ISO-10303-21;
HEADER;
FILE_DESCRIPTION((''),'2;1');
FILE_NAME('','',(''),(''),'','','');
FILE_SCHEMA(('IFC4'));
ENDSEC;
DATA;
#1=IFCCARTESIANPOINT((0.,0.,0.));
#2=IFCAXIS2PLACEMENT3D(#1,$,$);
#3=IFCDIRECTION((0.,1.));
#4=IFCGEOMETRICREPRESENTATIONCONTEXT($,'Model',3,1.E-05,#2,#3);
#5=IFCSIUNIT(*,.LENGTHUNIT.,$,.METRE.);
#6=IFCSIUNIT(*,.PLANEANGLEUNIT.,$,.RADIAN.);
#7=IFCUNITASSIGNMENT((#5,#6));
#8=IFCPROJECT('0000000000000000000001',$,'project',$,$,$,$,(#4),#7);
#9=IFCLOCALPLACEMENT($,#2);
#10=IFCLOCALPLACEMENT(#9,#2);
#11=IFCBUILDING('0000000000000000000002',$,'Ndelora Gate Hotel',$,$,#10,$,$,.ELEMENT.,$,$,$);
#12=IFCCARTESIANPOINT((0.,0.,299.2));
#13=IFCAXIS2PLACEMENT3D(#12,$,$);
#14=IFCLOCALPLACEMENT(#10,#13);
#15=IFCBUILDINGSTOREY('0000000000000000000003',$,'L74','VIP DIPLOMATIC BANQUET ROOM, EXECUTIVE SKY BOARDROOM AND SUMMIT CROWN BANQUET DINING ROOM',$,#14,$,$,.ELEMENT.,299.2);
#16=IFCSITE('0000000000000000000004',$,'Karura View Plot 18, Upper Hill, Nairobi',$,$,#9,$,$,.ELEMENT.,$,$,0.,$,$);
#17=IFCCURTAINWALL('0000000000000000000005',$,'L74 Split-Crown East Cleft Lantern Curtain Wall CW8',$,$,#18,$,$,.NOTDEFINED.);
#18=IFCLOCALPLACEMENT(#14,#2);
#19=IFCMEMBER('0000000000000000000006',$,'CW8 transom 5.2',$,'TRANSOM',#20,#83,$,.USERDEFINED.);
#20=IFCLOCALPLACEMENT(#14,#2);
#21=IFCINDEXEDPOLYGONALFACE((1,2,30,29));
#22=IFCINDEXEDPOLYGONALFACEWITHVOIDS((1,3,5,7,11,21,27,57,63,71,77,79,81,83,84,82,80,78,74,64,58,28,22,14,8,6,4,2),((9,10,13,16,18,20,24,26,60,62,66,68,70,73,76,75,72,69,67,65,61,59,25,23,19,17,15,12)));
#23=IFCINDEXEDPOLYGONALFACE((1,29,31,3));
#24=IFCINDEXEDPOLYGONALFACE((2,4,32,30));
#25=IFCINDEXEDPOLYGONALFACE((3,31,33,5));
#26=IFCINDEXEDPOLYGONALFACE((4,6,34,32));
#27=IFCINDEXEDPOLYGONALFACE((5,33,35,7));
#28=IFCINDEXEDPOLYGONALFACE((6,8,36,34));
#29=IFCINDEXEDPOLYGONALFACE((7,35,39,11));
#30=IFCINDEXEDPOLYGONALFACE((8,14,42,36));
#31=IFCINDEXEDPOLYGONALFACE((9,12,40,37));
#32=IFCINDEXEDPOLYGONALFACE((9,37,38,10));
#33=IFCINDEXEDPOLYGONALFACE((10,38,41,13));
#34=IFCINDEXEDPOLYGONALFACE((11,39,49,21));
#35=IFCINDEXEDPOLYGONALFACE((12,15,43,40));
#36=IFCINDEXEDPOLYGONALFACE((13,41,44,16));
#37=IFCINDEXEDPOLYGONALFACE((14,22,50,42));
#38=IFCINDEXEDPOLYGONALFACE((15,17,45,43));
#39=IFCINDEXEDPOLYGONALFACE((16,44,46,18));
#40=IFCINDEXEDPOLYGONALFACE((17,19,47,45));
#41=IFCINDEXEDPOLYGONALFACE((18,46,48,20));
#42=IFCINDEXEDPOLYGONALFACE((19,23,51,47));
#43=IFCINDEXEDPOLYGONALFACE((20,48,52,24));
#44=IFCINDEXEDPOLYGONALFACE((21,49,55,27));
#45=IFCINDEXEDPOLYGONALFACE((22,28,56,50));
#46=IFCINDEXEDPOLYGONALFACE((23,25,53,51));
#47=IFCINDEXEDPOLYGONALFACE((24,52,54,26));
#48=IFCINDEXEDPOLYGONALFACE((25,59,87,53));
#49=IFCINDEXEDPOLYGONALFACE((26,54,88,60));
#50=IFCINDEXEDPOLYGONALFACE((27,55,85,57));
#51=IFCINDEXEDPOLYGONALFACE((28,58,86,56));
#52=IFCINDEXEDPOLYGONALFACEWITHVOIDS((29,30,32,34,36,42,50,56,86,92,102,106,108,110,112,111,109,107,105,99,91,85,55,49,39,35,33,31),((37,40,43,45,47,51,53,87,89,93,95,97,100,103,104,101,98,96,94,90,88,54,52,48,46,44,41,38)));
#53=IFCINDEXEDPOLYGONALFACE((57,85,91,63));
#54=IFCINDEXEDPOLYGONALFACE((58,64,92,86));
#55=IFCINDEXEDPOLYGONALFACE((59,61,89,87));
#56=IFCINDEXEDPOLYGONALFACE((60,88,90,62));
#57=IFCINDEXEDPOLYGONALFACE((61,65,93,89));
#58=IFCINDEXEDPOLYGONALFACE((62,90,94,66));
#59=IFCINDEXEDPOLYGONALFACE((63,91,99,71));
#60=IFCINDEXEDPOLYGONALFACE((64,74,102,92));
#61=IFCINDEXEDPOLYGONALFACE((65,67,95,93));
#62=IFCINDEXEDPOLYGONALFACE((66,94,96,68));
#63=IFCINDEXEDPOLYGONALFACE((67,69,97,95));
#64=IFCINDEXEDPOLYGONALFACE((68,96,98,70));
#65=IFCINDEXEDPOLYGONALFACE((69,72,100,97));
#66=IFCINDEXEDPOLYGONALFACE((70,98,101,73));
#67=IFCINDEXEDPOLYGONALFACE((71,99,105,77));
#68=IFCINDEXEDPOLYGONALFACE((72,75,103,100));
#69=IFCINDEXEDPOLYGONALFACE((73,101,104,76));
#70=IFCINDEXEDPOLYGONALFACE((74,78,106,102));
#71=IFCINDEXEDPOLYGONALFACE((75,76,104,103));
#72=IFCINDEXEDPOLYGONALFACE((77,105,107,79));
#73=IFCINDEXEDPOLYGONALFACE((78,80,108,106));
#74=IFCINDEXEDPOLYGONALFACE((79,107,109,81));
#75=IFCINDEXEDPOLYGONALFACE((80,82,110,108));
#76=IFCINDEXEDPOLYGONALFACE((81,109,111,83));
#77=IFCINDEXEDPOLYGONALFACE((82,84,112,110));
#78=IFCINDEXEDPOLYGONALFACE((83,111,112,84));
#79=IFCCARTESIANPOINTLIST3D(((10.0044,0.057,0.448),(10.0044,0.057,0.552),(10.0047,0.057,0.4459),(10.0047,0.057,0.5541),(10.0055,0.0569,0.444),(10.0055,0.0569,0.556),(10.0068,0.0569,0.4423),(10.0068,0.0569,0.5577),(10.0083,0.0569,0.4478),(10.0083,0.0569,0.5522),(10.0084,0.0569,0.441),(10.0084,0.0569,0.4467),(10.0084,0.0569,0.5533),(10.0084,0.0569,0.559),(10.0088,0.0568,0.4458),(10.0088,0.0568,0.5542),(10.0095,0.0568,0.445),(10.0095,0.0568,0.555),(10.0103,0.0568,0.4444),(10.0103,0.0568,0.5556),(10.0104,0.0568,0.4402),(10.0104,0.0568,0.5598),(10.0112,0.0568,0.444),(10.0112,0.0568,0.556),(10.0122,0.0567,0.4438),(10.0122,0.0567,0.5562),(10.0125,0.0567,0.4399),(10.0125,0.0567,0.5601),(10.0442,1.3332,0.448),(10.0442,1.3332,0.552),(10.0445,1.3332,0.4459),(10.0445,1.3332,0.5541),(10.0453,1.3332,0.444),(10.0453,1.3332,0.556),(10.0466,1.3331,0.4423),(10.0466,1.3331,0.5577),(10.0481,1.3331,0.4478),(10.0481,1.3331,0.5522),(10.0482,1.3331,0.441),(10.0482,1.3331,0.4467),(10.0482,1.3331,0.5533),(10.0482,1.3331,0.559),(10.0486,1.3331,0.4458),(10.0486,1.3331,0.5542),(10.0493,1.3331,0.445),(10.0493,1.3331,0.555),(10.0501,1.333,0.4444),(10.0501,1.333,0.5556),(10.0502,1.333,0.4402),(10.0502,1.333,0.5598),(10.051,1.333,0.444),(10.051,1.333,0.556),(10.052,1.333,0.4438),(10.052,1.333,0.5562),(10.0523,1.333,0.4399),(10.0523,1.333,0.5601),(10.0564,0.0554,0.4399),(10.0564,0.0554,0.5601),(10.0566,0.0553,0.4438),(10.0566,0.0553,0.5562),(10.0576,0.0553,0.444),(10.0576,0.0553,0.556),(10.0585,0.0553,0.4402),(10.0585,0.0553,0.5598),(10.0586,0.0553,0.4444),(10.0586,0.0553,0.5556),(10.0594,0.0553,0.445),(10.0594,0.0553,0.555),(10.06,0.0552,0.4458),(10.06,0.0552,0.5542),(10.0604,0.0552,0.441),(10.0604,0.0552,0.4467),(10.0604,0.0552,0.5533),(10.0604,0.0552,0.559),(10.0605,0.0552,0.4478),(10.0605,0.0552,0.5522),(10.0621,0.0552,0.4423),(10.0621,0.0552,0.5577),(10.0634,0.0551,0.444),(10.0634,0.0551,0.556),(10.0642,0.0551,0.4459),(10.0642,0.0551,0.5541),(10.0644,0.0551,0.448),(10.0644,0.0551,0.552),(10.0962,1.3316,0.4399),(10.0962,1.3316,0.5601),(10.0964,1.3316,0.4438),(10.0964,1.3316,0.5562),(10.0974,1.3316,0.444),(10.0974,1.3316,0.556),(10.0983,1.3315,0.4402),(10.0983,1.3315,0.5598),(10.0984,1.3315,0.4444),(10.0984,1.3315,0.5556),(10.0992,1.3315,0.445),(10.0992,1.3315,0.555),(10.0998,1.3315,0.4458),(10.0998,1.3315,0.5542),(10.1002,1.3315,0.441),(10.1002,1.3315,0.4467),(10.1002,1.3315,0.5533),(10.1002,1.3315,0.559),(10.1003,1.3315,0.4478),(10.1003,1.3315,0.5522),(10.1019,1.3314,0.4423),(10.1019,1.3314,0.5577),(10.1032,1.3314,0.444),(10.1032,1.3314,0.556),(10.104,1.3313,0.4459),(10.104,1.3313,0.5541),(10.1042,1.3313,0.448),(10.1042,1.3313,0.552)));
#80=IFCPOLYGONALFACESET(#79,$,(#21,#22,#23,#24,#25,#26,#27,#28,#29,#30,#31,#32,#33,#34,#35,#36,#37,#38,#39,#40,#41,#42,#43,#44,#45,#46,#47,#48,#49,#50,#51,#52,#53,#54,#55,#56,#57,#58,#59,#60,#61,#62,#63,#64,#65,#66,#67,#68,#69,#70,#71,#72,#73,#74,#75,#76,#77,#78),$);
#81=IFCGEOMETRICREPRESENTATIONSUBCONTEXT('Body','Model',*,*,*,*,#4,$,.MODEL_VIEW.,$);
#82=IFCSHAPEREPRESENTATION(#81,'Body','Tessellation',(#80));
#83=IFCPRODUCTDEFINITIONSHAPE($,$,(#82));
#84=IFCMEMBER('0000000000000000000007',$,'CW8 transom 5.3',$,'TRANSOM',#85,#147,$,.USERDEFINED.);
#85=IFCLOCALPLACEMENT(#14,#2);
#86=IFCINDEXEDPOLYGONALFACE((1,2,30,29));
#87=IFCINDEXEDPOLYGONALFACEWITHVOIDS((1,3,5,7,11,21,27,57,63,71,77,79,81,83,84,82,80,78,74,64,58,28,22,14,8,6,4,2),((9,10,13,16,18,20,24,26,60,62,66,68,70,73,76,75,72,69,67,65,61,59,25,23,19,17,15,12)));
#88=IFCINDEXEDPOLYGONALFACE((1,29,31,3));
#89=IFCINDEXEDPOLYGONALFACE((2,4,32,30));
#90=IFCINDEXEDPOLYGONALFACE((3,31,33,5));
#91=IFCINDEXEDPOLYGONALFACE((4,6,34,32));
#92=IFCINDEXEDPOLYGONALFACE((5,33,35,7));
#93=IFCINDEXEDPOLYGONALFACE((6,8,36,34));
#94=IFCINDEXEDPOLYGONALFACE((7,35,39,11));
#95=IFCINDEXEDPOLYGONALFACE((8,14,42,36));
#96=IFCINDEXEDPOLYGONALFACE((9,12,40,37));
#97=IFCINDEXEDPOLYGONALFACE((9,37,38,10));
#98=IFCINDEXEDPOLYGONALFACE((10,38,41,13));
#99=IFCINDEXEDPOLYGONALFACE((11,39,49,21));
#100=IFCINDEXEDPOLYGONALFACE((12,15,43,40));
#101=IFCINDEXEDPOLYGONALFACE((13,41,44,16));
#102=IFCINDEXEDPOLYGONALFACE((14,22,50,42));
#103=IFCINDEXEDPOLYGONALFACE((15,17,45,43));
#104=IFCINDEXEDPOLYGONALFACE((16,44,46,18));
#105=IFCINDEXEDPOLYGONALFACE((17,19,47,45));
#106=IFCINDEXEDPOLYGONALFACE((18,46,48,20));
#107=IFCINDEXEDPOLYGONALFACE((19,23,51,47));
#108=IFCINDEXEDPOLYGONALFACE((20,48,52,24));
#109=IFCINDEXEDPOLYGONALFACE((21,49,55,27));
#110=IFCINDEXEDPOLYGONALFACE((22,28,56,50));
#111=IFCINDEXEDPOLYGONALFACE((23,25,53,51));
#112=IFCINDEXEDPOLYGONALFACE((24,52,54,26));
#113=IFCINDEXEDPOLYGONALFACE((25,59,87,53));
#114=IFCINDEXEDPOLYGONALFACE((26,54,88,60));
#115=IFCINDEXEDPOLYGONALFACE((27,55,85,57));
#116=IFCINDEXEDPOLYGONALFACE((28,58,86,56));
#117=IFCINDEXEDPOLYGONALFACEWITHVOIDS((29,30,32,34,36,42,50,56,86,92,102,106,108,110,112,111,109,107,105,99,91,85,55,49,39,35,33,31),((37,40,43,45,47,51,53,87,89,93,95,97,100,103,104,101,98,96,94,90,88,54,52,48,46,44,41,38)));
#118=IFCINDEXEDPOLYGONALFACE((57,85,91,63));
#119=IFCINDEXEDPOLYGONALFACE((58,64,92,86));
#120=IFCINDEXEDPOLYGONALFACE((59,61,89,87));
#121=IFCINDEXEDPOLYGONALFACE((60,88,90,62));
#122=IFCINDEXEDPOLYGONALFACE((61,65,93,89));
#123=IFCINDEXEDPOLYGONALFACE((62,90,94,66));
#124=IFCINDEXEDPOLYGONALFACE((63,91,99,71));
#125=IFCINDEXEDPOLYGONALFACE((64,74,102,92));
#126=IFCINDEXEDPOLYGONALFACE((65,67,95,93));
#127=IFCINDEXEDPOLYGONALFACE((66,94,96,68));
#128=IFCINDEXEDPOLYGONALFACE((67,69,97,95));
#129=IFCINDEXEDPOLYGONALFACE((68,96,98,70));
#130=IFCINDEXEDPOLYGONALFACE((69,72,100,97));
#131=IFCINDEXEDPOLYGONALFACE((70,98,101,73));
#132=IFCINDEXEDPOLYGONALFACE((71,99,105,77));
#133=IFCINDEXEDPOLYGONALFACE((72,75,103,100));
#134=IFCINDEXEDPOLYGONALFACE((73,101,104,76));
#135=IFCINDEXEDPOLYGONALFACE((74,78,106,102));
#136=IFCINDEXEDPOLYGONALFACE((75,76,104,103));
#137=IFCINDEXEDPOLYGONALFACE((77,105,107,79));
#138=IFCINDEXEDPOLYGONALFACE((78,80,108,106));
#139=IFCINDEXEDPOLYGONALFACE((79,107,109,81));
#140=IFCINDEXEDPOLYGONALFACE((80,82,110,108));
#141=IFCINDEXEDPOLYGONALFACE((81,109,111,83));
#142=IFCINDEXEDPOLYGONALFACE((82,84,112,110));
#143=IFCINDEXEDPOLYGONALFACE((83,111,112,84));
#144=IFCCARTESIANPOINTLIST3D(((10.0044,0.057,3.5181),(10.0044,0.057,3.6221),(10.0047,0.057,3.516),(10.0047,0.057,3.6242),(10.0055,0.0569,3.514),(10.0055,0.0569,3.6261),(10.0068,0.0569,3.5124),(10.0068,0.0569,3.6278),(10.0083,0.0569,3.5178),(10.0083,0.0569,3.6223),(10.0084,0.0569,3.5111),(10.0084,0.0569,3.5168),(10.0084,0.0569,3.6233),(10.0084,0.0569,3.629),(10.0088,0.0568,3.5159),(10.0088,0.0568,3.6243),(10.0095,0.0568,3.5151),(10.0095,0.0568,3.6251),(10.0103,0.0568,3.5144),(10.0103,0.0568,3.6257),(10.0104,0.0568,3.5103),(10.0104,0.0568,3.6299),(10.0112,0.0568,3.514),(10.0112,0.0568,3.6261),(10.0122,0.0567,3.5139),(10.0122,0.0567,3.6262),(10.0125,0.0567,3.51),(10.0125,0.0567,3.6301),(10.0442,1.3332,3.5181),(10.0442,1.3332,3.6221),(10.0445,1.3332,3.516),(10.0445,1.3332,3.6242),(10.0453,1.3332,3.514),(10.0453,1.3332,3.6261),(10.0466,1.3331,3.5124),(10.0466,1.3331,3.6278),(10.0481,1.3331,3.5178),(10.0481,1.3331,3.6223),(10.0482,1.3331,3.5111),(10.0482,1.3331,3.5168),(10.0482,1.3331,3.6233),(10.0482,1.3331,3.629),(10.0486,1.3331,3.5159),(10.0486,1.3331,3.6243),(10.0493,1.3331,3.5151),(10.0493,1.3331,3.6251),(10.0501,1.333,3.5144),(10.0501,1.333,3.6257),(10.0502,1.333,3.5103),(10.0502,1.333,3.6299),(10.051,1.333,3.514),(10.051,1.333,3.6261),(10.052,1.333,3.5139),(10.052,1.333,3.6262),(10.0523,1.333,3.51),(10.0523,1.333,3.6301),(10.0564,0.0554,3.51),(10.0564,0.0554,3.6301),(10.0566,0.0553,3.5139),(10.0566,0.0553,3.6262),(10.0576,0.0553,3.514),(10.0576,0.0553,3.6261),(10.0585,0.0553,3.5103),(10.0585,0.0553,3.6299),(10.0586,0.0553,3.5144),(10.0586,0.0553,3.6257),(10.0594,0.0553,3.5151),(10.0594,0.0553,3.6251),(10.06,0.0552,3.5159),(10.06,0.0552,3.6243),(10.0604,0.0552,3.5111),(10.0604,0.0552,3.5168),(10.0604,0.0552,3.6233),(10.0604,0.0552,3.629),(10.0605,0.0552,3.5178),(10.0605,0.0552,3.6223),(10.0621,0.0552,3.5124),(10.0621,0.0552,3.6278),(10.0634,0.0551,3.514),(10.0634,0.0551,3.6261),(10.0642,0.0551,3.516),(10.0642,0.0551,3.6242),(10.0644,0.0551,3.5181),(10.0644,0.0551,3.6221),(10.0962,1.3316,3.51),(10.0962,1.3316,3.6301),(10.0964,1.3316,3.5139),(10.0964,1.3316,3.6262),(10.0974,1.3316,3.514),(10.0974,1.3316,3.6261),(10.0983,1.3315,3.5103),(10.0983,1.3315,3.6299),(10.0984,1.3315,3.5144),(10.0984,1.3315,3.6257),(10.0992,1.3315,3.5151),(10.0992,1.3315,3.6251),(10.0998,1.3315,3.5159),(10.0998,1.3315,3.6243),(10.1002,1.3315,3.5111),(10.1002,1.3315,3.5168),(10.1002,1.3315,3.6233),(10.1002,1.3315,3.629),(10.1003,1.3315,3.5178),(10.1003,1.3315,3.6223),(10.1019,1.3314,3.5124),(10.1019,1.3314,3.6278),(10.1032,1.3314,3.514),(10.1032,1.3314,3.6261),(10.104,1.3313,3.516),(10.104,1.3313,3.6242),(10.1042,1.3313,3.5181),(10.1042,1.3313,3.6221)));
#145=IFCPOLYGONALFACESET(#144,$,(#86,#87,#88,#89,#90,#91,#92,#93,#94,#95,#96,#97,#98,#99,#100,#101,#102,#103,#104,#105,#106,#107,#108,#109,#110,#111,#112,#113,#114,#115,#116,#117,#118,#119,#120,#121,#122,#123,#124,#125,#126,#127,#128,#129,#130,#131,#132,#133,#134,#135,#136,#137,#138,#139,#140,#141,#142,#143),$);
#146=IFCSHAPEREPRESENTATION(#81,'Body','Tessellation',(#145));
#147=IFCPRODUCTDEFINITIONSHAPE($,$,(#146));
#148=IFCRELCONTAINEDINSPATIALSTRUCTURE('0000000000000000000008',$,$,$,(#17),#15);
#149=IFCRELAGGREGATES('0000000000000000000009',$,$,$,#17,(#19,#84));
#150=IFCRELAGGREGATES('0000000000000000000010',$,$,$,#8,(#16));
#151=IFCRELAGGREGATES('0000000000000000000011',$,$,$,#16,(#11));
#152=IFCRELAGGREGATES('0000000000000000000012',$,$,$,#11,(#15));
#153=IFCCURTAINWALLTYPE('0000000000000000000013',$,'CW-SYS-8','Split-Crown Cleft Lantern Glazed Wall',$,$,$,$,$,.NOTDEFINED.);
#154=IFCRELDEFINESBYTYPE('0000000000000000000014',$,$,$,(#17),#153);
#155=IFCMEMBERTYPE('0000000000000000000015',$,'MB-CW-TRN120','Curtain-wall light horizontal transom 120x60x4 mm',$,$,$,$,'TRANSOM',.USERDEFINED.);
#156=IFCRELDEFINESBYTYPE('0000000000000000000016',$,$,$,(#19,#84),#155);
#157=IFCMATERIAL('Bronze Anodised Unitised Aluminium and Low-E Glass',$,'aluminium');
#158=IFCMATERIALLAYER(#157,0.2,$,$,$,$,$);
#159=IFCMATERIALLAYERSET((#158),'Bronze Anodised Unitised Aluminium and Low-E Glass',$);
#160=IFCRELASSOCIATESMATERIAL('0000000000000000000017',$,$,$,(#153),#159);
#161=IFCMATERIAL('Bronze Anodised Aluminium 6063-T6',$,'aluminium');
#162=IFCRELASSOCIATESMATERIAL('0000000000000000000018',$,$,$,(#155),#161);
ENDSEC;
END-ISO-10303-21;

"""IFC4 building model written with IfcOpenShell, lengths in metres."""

from ifc_helpers import new_model, si_unit, direction, frame, origin, origin_2d, place, context, subcontext, project, spatial, hollow_rectangle, extrude, material, layer, layer_set, material_profile, profile_set, type_object, element, aggregate, save


model = new_model("IFC4")

# Units and contexts
model_context = context("Model", 3, precision=1e-05, world=origin(), true_north=direction((0.0, 1.0)))
body_context = subcontext(model_context, "Body", "Model", "MODEL_VIEW")
ifc_project = project(units=[si_unit("LENGTHUNIT", "METRE"), si_unit("PLANEANGLEUNIT", "RADIAN")], contexts=[model_context])

# Site, building, storey
site_placement = place(None, origin())
site = spatial("IfcSite", under=ifc_project, at=site_placement, Name="Karura View Plot 18, Upper Hill, Nairobi", CompositionType="ELEMENT", RefElevation=0.0)
building_placement = place(site_placement, origin())
building = spatial("IfcBuilding", under=site, at=building_placement, Name="Ndelora Gate Hotel", CompositionType="ELEMENT")
storey_placement = place(building_placement, frame((0.0, 0.0, 299.2)))
storey = spatial("IfcBuildingStorey", under=building, at=storey_placement, Name="L74", Description="VIP DIPLOMATIC BANQUET ROOM, EXECUTIVE SKY BOARDROOM AND SUMMIT CROWN BANQUET DINING ROOM", CompositionType="ELEMENT", Elevation=299.2)

# Curtain wall, members
ifc_material_1 = material(Name="Bronze Anodised Unitised Aluminium and Low-E Glass", Category="aluminium")
ifc_layer_1 = layer(ifc_material_1, 0.2)
ifc_layer_set_1 = layer_set([ifc_layer_1], Name="Bronze Anodised Unitised Aluminium and Low-E Glass")
curtain_wall_type = type_object("IfcCurtainWallType", Name="CW-SYS-8", Description="Split-Crown Cleft Lantern Glazed Wall", PredefinedType="NOTDEFINED", material=ifc_layer_set_1)
curtain_wall_placement = place(storey_placement, origin())
curtain_wall = element("IfcCurtainWall", 1, at=curtain_wall_placement, inside=storey, type_object=curtain_wall_type, Name="L74 Split-Crown East Cleft Lantern Curtain Wall CW8", PredefinedType="NOTDEFINED")
ifc_material_2 = material(Name="Bronze Anodised Aluminium 6063-T6", Category="aluminium")
ifc_material_profile_1 = material_profile(ifc_material_2, hollow_rectangle(XDim=0.0601, YDim=0.1201, WallThickness=0.0039, InnerFilletRadius=0.0039, OuterFilletRadius=0.0081, at=origin_2d()), Name="ALU 120x60x4")
ifc_profile_set_1 = profile_set([ifc_material_profile_1], Name="Bronze Anodised Aluminium 6063-T6")
member_type_1 = type_object("IfcMemberType", Name="MB-CW-TRN120", Description="Curtain-wall light horizontal transom 120x60x4 mm", ElementType="TRANSOM", PredefinedType="USERDEFINED", material=ifc_profile_set_1)
member_1_placement = place(storey_placement, frame((10.0742, 1.3323, 0.5), z_axis=(-0.031169, -0.999514, 0.0), x_axis=(0.999514, -0.031169, 0.0)))
member_1 = element("IfcMember", 2, at=member_1_placement, type_object=member_type_1, Name="CW8 transom 5.2", ObjectType="TRANSOM", PredefinedType="USERDEFINED", context=body_context, shape_type="SweptSolid", body=[
    extrude(hollow_rectangle(XDim=0.0601, YDim=0.1201, WallThickness=0.0039, InnerFilletRadius=0.0039, OuterFilletRadius=0.0081, at=origin_2d()), origin(), (0.0, 0.0, 1.0), 1.2769),
])
member_2_placement = place(storey_placement, frame((10.0742, 1.3323, 3.5701), z_axis=(-0.031169, -0.999514, 0.0), x_axis=(0.999514, -0.031169, 0.0)))
member_2 = element("IfcMember", 3, at=member_2_placement, type_object=member_type_1, Name="CW8 transom 5.3", ObjectType="TRANSOM", PredefinedType="USERDEFINED", context=body_context, shape_type="SweptSolid", body=[
    extrude(hollow_rectangle(XDim=0.0601, YDim=0.1201, WallThickness=0.0039, InnerFilletRadius=0.0039, OuterFilletRadius=0.0081, at=origin_2d()), origin(), (0.0, 0.0, 1.0), 1.2769),
])
aggregate(curtain_wall, [member_1, member_2])

save(model, "model.ifc")
